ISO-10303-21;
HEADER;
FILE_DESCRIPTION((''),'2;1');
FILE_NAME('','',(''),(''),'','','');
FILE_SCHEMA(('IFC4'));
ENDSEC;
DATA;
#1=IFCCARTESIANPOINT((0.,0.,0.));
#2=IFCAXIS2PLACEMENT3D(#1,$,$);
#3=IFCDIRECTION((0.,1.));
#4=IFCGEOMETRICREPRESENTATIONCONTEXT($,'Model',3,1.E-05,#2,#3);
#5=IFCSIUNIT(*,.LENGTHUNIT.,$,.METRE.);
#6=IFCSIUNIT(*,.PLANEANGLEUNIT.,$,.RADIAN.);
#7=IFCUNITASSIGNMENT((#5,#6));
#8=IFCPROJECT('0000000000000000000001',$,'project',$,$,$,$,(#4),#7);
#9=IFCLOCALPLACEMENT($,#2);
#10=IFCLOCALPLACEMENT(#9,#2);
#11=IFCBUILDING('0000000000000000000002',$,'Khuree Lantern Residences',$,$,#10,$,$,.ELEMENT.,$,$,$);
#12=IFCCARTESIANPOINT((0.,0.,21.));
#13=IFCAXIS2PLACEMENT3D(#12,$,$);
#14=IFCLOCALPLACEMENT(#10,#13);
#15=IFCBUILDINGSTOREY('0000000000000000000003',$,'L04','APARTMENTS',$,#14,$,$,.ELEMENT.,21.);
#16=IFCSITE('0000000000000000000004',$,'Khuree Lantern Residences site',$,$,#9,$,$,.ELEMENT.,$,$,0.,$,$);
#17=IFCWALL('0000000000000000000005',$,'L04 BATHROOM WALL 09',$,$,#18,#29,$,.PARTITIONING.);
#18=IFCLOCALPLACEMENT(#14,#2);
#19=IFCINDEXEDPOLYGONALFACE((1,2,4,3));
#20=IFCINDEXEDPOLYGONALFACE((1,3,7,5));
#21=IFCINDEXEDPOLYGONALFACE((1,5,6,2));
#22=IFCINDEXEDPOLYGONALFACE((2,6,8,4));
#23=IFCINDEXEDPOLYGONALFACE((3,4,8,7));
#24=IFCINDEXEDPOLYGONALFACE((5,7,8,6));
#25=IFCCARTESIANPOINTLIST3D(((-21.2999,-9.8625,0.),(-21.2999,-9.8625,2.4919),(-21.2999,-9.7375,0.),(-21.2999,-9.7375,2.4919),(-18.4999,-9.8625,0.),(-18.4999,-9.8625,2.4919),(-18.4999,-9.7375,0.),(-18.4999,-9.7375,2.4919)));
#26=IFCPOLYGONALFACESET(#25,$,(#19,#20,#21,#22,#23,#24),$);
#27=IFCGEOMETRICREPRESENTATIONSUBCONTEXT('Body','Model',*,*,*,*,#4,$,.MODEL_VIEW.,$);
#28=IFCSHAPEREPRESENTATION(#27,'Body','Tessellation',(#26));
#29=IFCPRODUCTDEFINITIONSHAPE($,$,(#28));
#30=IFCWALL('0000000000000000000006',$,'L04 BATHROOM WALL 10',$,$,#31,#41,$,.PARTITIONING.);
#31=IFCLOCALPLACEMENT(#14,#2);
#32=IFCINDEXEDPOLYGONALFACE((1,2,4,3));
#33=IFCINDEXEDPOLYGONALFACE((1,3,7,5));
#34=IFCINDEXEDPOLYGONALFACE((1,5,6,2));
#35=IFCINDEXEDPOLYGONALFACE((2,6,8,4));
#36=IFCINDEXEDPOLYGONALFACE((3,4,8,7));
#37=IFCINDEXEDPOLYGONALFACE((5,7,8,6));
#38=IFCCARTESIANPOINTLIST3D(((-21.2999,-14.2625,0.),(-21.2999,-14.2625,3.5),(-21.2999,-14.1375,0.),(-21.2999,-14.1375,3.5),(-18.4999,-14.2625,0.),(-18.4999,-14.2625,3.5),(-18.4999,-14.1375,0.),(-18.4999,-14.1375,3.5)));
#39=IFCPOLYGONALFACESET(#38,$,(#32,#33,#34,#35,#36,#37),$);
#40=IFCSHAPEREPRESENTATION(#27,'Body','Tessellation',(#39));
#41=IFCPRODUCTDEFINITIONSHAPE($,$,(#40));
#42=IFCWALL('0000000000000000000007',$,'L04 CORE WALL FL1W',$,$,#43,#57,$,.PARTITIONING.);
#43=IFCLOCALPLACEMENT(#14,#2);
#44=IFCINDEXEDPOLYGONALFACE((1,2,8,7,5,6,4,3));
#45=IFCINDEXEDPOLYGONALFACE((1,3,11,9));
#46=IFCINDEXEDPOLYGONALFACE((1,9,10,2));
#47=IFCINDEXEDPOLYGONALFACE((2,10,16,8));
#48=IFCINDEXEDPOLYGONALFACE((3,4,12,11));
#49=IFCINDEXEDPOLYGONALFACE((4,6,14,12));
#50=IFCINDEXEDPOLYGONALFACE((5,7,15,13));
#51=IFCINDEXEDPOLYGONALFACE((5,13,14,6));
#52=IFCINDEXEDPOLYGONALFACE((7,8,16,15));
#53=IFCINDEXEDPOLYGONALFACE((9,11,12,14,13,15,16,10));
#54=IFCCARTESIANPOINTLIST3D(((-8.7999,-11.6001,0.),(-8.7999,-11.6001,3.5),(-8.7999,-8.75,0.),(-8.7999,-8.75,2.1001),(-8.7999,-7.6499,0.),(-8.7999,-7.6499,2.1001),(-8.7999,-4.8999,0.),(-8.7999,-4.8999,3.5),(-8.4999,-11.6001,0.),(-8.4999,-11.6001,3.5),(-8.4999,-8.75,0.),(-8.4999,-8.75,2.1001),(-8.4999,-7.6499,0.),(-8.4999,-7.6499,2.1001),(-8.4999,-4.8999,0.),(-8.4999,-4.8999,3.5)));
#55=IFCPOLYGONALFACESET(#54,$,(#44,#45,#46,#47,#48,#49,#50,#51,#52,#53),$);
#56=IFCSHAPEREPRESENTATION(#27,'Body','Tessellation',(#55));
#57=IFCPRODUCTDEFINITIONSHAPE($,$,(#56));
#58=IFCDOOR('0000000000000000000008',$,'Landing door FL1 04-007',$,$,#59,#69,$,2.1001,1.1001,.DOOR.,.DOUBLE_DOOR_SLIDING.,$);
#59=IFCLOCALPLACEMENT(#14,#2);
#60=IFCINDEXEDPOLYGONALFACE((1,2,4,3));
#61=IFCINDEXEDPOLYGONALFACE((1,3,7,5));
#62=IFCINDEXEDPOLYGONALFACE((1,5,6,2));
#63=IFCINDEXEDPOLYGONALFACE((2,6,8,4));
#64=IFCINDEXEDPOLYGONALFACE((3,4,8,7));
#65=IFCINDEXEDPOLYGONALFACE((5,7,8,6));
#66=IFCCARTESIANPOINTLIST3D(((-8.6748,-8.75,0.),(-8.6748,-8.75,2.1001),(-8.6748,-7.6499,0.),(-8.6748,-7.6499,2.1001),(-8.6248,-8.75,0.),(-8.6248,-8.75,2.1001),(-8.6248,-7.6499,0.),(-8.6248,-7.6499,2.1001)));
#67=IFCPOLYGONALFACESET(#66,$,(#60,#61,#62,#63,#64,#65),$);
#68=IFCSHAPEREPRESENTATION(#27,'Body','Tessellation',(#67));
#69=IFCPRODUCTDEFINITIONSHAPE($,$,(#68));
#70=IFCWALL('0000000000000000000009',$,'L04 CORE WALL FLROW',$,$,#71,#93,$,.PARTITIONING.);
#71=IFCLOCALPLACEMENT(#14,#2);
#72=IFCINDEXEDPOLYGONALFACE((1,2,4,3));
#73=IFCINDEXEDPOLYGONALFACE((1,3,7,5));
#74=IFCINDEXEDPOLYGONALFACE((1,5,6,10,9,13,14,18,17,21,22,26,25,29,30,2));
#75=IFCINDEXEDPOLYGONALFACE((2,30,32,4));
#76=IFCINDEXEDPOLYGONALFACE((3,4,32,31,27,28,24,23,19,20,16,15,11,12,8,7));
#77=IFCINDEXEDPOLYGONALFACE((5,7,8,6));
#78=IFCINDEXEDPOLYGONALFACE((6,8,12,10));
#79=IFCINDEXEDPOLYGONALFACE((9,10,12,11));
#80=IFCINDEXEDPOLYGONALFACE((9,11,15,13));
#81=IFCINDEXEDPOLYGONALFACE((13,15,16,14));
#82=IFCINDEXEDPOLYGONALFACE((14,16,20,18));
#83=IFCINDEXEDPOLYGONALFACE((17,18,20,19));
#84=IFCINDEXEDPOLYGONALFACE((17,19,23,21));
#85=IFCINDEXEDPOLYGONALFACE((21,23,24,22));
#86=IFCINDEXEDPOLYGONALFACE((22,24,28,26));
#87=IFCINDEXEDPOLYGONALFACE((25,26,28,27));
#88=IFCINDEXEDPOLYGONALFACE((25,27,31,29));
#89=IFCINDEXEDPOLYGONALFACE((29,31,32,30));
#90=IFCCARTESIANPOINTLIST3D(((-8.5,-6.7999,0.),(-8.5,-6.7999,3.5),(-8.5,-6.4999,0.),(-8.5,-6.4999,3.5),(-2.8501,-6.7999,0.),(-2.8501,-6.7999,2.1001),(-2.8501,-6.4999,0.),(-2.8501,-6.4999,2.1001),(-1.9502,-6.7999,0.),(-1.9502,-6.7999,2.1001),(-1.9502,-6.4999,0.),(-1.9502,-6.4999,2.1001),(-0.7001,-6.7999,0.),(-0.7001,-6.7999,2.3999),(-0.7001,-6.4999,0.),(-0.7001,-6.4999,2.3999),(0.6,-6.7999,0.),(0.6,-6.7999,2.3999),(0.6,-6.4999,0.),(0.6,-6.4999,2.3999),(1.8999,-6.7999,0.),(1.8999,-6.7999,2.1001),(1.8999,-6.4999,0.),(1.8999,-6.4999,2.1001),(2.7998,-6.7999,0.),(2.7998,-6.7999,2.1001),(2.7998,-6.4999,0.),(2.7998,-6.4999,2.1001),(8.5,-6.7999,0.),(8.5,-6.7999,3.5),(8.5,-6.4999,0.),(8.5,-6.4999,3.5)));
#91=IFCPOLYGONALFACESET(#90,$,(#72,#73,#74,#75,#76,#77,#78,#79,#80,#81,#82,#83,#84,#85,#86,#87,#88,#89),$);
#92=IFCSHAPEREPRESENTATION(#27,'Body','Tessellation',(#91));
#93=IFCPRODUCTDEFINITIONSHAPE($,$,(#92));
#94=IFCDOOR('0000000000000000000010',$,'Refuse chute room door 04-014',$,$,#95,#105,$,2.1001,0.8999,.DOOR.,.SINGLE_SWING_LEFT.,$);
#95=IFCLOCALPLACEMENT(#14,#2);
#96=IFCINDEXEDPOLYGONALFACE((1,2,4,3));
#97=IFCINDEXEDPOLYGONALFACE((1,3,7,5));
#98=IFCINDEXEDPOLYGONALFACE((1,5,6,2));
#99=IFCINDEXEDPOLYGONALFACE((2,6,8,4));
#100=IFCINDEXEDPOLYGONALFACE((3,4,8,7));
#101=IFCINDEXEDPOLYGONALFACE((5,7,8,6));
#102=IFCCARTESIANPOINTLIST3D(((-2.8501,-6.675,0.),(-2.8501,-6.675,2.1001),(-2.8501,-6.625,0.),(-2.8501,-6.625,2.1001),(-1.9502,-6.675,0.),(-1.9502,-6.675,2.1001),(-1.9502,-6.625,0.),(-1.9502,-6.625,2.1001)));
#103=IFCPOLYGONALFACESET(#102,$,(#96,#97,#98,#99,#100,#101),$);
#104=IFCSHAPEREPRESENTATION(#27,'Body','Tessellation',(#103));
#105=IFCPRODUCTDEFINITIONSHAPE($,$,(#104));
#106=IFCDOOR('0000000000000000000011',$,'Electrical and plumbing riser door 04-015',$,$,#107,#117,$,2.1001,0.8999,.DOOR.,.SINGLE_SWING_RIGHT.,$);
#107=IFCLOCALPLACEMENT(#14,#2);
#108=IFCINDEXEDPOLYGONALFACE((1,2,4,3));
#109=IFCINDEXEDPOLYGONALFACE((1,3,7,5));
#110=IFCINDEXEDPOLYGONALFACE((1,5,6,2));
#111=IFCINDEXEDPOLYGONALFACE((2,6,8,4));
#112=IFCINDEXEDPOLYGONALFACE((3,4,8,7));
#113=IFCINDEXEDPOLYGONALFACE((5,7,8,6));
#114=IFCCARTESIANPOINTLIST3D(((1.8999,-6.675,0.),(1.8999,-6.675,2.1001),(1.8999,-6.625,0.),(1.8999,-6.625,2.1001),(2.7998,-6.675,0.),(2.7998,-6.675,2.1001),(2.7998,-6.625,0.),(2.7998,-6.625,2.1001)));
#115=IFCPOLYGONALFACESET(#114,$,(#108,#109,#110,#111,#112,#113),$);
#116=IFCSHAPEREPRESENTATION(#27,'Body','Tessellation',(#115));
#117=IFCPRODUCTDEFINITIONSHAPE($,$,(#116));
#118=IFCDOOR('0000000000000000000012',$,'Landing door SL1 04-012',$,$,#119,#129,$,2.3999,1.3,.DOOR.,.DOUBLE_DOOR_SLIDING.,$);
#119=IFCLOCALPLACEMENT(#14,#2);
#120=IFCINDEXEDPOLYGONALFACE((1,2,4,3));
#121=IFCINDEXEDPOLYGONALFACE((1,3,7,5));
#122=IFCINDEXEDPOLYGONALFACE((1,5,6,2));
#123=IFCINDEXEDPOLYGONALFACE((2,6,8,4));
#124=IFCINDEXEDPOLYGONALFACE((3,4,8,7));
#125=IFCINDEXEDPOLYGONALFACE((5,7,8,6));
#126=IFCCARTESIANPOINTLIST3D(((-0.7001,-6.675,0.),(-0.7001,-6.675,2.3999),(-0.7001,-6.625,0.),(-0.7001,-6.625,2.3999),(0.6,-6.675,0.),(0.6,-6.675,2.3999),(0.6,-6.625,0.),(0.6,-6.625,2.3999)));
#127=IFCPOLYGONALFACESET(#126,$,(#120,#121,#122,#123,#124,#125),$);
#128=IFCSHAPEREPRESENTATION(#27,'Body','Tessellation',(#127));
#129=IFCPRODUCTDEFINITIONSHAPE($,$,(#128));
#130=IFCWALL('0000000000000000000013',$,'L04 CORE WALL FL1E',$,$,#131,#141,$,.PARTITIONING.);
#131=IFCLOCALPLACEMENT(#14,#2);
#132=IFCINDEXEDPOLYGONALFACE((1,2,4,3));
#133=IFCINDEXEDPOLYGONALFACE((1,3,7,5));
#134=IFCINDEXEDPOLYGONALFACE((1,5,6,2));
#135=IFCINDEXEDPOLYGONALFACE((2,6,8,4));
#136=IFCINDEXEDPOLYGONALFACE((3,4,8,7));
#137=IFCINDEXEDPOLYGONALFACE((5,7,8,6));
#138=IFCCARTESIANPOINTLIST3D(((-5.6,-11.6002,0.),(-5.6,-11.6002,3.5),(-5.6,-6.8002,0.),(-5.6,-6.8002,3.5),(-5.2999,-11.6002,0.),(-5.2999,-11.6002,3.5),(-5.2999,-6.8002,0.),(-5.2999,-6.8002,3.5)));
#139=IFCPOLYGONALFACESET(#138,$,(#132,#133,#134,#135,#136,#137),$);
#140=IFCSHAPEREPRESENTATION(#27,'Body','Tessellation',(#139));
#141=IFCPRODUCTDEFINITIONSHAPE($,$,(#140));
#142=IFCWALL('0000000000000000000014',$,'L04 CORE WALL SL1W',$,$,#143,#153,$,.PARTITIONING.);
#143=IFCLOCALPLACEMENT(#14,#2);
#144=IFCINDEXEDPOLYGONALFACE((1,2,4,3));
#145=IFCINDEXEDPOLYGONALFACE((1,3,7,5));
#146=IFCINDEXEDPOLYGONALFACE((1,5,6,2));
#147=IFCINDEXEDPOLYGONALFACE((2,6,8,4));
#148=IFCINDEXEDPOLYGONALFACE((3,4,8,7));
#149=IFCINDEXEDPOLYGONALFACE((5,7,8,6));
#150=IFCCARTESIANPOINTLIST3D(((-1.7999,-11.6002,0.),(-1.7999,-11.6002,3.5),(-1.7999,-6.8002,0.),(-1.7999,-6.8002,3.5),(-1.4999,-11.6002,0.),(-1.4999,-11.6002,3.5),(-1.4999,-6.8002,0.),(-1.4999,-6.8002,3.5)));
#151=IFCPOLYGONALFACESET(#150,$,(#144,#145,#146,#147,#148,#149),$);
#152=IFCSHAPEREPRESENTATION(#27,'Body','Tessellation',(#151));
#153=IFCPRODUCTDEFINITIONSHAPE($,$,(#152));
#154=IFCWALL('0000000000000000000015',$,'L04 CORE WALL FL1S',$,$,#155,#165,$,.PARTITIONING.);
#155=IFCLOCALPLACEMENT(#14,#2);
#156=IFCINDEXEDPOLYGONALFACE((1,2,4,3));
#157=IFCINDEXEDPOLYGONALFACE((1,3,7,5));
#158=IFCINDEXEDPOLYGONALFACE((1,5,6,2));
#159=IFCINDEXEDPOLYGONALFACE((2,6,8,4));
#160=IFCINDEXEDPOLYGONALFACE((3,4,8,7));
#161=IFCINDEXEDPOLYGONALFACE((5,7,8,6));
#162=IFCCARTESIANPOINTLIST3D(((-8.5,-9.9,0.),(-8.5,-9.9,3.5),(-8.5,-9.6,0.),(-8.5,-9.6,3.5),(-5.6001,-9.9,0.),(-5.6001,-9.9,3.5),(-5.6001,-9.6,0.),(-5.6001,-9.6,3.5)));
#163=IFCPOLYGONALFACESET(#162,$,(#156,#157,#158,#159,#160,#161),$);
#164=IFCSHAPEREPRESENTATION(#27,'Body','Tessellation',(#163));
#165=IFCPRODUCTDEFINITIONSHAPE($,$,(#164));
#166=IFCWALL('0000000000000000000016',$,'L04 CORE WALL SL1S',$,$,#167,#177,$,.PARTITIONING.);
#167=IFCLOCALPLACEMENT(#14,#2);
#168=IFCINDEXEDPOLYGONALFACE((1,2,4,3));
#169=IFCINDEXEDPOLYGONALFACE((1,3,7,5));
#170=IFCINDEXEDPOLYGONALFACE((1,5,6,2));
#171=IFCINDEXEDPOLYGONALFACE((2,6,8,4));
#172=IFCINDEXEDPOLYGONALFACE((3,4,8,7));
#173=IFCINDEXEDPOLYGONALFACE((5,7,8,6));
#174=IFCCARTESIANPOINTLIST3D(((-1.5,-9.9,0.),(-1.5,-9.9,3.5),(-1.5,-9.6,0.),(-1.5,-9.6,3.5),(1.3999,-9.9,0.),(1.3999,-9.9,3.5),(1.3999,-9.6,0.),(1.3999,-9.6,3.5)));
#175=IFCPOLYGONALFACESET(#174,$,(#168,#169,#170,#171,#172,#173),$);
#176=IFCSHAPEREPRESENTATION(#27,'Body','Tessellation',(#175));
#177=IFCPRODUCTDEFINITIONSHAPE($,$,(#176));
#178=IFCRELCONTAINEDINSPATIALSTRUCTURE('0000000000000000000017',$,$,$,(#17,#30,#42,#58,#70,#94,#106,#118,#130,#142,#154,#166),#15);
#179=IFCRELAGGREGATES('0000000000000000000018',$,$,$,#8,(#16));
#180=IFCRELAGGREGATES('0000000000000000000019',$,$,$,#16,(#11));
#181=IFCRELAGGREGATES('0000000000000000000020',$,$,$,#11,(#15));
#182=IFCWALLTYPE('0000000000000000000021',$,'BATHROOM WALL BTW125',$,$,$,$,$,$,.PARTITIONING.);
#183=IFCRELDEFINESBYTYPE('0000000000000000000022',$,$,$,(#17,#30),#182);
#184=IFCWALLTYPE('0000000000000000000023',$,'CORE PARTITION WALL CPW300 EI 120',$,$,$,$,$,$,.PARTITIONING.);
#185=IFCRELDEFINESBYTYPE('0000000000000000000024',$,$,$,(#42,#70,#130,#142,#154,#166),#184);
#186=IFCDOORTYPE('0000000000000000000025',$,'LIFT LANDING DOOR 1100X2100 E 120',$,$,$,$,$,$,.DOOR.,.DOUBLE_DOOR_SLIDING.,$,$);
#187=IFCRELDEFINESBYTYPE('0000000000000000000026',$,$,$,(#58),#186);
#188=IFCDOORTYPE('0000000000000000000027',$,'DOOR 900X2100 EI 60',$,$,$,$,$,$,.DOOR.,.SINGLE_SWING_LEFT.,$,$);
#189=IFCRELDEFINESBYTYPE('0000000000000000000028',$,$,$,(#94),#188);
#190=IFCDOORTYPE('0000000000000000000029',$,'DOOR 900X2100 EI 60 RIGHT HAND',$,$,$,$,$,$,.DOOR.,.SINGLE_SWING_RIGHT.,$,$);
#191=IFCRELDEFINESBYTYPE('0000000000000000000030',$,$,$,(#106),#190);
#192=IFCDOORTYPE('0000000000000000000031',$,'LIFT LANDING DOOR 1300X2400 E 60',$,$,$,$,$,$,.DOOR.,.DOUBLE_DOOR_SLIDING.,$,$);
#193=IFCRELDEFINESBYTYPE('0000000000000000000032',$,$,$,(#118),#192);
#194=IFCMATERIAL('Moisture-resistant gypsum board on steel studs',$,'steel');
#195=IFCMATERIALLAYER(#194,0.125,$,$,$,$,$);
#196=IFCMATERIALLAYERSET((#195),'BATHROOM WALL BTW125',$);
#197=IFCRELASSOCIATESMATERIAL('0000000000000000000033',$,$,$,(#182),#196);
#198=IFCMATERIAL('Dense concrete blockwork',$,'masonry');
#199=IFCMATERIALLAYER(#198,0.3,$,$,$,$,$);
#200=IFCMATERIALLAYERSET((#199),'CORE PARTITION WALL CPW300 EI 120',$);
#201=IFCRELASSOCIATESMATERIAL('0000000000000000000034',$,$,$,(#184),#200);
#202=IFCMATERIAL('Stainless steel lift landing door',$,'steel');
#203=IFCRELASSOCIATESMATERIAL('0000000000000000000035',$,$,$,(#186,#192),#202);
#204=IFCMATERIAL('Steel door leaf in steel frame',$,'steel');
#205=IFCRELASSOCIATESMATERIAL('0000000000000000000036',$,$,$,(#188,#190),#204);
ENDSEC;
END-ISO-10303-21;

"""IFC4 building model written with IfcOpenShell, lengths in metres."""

from ifc_helpers import new_model, si_unit, direction, frame, frame_2d, origin, place, context, subcontext, project, spatial, rectangle, extrude, material, layer, layer_set, type_object, element, fill, save


model = new_model("IFC4")

# Units and contexts
model_context = context("Model", 3, precision=1e-05, world=origin(), true_north=direction((0.0, 1.0)))
body_context = subcontext(model_context, "Body", "Model", "MODEL_VIEW")
ifc_project = project(units=[si_unit("LENGTHUNIT", "METRE"), si_unit("PLANEANGLEUNIT", "RADIAN")], contexts=[model_context])

# Site, building, storey
site_placement = place(None, origin())
site = spatial("IfcSite", under=ifc_project, at=site_placement, Name="Khuree Lantern Residences site", CompositionType="ELEMENT", RefElevation=0.0)
building_placement = place(site_placement, origin())
building = spatial("IfcBuilding", under=site, at=building_placement, Name="Khuree Lantern Residences", CompositionType="ELEMENT")
storey_placement = place(building_placement, frame((0.0, 0.0, 21.0)))
storey = spatial("IfcBuildingStorey", under=building, at=storey_placement, Name="L04", Description="APARTMENTS", CompositionType="ELEMENT", Elevation=21.0)

# Walls
ifc_material_1 = material(Name="Moisture-resistant gypsum board on steel studs", Category="steel")
ifc_layer_1 = layer(ifc_material_1, 0.125)
ifc_layer_set_1 = layer_set([ifc_layer_1], Name="BATHROOM WALL BTW125")
wall_type_1 = type_object("IfcWallType", Name="BATHROOM WALL BTW125", PredefinedType="PARTITIONING", material=ifc_layer_set_1)
wall_1_placement = place(storey_placement, frame((-18.5, -9.8, 0.0), z_axis=(0.0, 0.0, 1.0), x_axis=(-1.0, 0.0, 0.0)))
element("IfcWall", 1, at=wall_1_placement, inside=storey, type_object=wall_type_1, Name="L04 BATHROOM WALL 09", PredefinedType="PARTITIONING", context=body_context, shape_type="SweptSolid", body=[
    extrude(rectangle(XDim=2.8, YDim=0.125, at=frame_2d((1.3999, 0.0))), origin(), (0.0, 0.0, 1.0), 2.4919),
])
wall_2_placement = place(storey_placement, frame((-18.5, -14.2, 0.0), z_axis=(0.0, 0.0, 1.0), x_axis=(-1.0, 0.0, 0.0)))
element("IfcWall", 2, at=wall_2_placement, inside=storey, type_object=wall_type_1, Name="L04 BATHROOM WALL 10", PredefinedType="PARTITIONING", context=body_context, shape_type="SweptSolid", body=[
    extrude(rectangle(XDim=2.8, YDim=0.125, at=frame_2d((1.3999, 0.0))), origin(), (0.0, 0.0, 1.0), 3.5),
])

# Wall, opening, door
ifc_material_2 = material(Name="Dense concrete blockwork", Category="masonry")
ifc_layer_2 = layer(ifc_material_2, 0.3)
ifc_layer_set_2 = layer_set([ifc_layer_2], Name="CORE PARTITION WALL CPW300 EI 120")
wall_type_2 = type_object("IfcWallType", Name="CORE PARTITION WALL CPW300 EI 120", PredefinedType="PARTITIONING", material=ifc_layer_set_2)
wall_3_placement = place(storey_placement, frame((-8.6499, -11.6001, 0.0), z_axis=(0.0, 0.0, 1.0), x_axis=(0.0, 1.0, 0.0)))
wall_3 = element("IfcWall", 3, at=wall_3_placement, inside=storey, type_object=wall_type_2, Name="L04 CORE WALL FL1W", PredefinedType="PARTITIONING", context=body_context, shape_type="SweptSolid", body=[
    extrude(rectangle(XDim=6.7002, YDim=0.3, at=frame_2d((3.3501, 0.0))), origin(), (0.0, 0.0, 1.0), 3.5),
])
opening_1_placement = place(wall_3_placement, frame((2.8501, 0.0, 0.0)))
opening_1 = element("IfcOpeningElement", 4, at=opening_1_placement, cuts=wall_3, PredefinedType="OPENING", context=body_context, shape_type="SweptSolid", body=[
    extrude(rectangle(XDim=1.1001, YDim=2.1001, at=frame_2d((0.55, 1.05))), frame((0.0, 0.1602, 0.0), z_axis=(0.0, -1.0, 0.0), x_axis=(1.0, 0.0, 0.0)), (0.0, 0.0, 1.0), 0.3201),
])
ifc_material_3 = material(Name="Stainless steel lift landing door", Category="steel")
door_type_1 = type_object("IfcDoorType", Name="LIFT LANDING DOOR 1100X2100 E 120", OperationType="DOUBLE_DOOR_SLIDING", PredefinedType="DOOR", material=ifc_material_3)
door_1_placement = place(opening_1_placement, origin())
door_1 = element("IfcDoor", 5, at=door_1_placement, inside=storey, type_object=door_type_1, Name="Landing door FL1 04-007", OperationType="DOUBLE_DOOR_SLIDING", OverallHeight=2.1001, OverallWidth=1.1001, PredefinedType="DOOR", context=body_context, shape_type="SweptSolid", body=[
    extrude(rectangle(XDim=1.1001, YDim=2.1001, at=frame_2d((0.55, 1.05))), frame((0.0, 0.0249, 0.0), z_axis=(0.0, -1.0, 0.0), x_axis=(1.0, 0.0, 0.0)), (0.0, 0.0, 1.0), 0.05),
])
fill(opening_1, door_1)

# Wall, openings, doors
wall_4_placement = place(storey_placement, frame((-8.5, -6.6499, 0.0), z_axis=(0.0, 0.0, 1.0), x_axis=(1.0, 0.0, 0.0)))
wall_4 = element("IfcWall", 6, at=wall_4_placement, inside=storey, type_object=wall_type_2, Name="L04 CORE WALL FLROW", PredefinedType="PARTITIONING", context=body_context, shape_type="SweptSolid", body=[
    extrude(rectangle(XDim=17.0, YDim=0.3, at=frame_2d((8.5, 0.0))), origin(), (0.0, 0.0, 1.0), 3.5),
])
opening_2_placement = place(wall_4_placement, frame((7.8, 0.0, 0.0)))
opening_2 = element("IfcOpeningElement", 7, at=opening_2_placement, cuts=wall_4, PredefinedType="OPENING", context=body_context, shape_type="SweptSolid", body=[
    extrude(rectangle(XDim=1.3, YDim=2.3999, at=frame_2d((0.6499, 1.2))), frame((0.0, 0.1602, 0.0), z_axis=(0.0, -1.0, 0.0), x_axis=(1.0, 0.0, 0.0)), (0.0, 0.0, 1.0), 0.3201),
])
opening_3_placement = place(wall_4_placement, frame((5.6499, 0.0, 0.0)))
opening_3 = element("IfcOpeningElement", 8, at=opening_3_placement, cuts=wall_4, PredefinedType="OPENING", context=body_context, shape_type="SweptSolid", body=[
    extrude(rectangle(XDim=0.8999, YDim=2.1001, at=frame_2d((0.45, 1.05))), frame((0.0, 0.1602, 0.0), z_axis=(0.0, -1.0, 0.0), x_axis=(1.0, 0.0, 0.0)), (0.0, 0.0, 1.0), 0.3201),
])
opening_4_placement = place(wall_4_placement, frame((10.3999, 0.0, 0.0)))
opening_4 = element("IfcOpeningElement", 9, at=opening_4_placement, cuts=wall_4, PredefinedType="OPENING", context=body_context, shape_type="SweptSolid", body=[
    extrude(rectangle(XDim=0.8999, YDim=2.1001, at=frame_2d((0.45, 1.05))), frame((0.0, 0.1602, 0.0), z_axis=(0.0, -1.0, 0.0), x_axis=(1.0, 0.0, 0.0)), (0.0, 0.0, 1.0), 0.3201),
])
ifc_material_4 = material(Name="Steel door leaf in steel frame", Category="steel")
door_type_2 = type_object("IfcDoorType", Name="DOOR 900X2100 EI 60", OperationType="SINGLE_SWING_LEFT", PredefinedType="DOOR", material=ifc_material_4)
door_2_placement = place(opening_3_placement, origin())
door_2 = element("IfcDoor", 10, at=door_2_placement, inside=storey, type_object=door_type_2, Name="Refuse chute room door 04-014", OperationType="SINGLE_SWING_LEFT", OverallHeight=2.1001, OverallWidth=0.8999, PredefinedType="DOOR", context=body_context, shape_type="SweptSolid", body=[
    extrude(rectangle(XDim=0.8999, YDim=2.1001, at=frame_2d((0.45, 1.05))), frame((0.0, 0.0249, 0.0), z_axis=(0.0, -1.0, 0.0), x_axis=(1.0, 0.0, 0.0)), (0.0, 0.0, 1.0), 0.05),
])
fill(opening_3, door_2)
door_type_3 = type_object("IfcDoorType", Name="DOOR 900X2100 EI 60 RIGHT HAND", OperationType="SINGLE_SWING_RIGHT", PredefinedType="DOOR", material=ifc_material_4)
door_3_placement = place(opening_4_placement, origin())
door_3 = element("IfcDoor", 11, at=door_3_placement, inside=storey, type_object=door_type_3, Name="Electrical and plumbing riser door 04-015", OperationType="SINGLE_SWING_RIGHT", OverallHeight=2.1001, OverallWidth=0.8999, PredefinedType="DOOR", context=body_context, shape_type="SweptSolid", body=[
    extrude(rectangle(XDim=0.8999, YDim=2.1001, at=frame_2d((0.45, 1.05))), frame((0.0, 0.0249, 0.0), z_axis=(0.0, -1.0, 0.0), x_axis=(1.0, 0.0, 0.0)), (0.0, 0.0, 1.0), 0.05),
])
fill(opening_4, door_3)
door_type_4 = type_object("IfcDoorType", Name="LIFT LANDING DOOR 1300X2400 E 60", OperationType="DOUBLE_DOOR_SLIDING", PredefinedType="DOOR", material=ifc_material_3)
door_4_placement = place(opening_2_placement, origin())
door_4 = element("IfcDoor", 12, at=door_4_placement, inside=storey, type_object=door_type_4, Name="Landing door SL1 04-012", OperationType="DOUBLE_DOOR_SLIDING", OverallHeight=2.3999, OverallWidth=1.3, PredefinedType="DOOR", context=body_context, shape_type="SweptSolid", body=[
    extrude(rectangle(XDim=1.3, YDim=2.3999, at=frame_2d((0.6499, 1.2))), frame((0.0, 0.0249, 0.0), z_axis=(0.0, -1.0, 0.0), x_axis=(1.0, 0.0, 0.0)), (0.0, 0.0, 1.0), 0.05),
])
fill(opening_2, door_4)

# Walls
for number, where, z_axis, x_axis, name in (
    (13, (-5.45, -11.6001, 0.0), (0.0, 0.0, 1.0), (0.0, 1.0, 0.0), "L04 CORE WALL FL1E"),
    (14, (-1.6499, -11.6001, 0.0), (0.0, 0.0, 1.0), (0.0, 1.0, 0.0), "L04 CORE WALL SL1W"),
):
    element("IfcWall", number, at=place(storey_placement, frame(where, z_axis=z_axis, x_axis=x_axis)), inside=storey, type_object=wall_type_2, Name=name, PredefinedType="PARTITIONING", context=body_context, shape_type="SweptSolid", body=[
        extrude(rectangle(XDim=4.8, YDim=0.3, at=frame_2d((2.3999, 0.0))), origin(), (0.0, 0.0, 1.0), 3.5),
    ])
for number, where, z_axis, x_axis, name in (
    (15, (-8.5, -9.75, 0.0), (0.0, 0.0, 1.0), (1.0, 0.0, 0.0), "L04 CORE WALL FL1S"),
    (16, (-1.5, -9.75, 0.0), (0.0, 0.0, 1.0), (1.0, 0.0, 0.0), "L04 CORE WALL SL1S"),
):
    element("IfcWall", number, at=place(storey_placement, frame(where, z_axis=z_axis, x_axis=x_axis)), inside=storey, type_object=wall_type_2, Name=name, PredefinedType="PARTITIONING", context=body_context, shape_type="SweptSolid", body=[
        extrude(rectangle(XDim=2.8999, YDim=0.3, at=frame_2d((1.45, 0.0))), origin(), (0.0, 0.0, 1.0), 3.5),
    ])

save(model, "model.ifc")
